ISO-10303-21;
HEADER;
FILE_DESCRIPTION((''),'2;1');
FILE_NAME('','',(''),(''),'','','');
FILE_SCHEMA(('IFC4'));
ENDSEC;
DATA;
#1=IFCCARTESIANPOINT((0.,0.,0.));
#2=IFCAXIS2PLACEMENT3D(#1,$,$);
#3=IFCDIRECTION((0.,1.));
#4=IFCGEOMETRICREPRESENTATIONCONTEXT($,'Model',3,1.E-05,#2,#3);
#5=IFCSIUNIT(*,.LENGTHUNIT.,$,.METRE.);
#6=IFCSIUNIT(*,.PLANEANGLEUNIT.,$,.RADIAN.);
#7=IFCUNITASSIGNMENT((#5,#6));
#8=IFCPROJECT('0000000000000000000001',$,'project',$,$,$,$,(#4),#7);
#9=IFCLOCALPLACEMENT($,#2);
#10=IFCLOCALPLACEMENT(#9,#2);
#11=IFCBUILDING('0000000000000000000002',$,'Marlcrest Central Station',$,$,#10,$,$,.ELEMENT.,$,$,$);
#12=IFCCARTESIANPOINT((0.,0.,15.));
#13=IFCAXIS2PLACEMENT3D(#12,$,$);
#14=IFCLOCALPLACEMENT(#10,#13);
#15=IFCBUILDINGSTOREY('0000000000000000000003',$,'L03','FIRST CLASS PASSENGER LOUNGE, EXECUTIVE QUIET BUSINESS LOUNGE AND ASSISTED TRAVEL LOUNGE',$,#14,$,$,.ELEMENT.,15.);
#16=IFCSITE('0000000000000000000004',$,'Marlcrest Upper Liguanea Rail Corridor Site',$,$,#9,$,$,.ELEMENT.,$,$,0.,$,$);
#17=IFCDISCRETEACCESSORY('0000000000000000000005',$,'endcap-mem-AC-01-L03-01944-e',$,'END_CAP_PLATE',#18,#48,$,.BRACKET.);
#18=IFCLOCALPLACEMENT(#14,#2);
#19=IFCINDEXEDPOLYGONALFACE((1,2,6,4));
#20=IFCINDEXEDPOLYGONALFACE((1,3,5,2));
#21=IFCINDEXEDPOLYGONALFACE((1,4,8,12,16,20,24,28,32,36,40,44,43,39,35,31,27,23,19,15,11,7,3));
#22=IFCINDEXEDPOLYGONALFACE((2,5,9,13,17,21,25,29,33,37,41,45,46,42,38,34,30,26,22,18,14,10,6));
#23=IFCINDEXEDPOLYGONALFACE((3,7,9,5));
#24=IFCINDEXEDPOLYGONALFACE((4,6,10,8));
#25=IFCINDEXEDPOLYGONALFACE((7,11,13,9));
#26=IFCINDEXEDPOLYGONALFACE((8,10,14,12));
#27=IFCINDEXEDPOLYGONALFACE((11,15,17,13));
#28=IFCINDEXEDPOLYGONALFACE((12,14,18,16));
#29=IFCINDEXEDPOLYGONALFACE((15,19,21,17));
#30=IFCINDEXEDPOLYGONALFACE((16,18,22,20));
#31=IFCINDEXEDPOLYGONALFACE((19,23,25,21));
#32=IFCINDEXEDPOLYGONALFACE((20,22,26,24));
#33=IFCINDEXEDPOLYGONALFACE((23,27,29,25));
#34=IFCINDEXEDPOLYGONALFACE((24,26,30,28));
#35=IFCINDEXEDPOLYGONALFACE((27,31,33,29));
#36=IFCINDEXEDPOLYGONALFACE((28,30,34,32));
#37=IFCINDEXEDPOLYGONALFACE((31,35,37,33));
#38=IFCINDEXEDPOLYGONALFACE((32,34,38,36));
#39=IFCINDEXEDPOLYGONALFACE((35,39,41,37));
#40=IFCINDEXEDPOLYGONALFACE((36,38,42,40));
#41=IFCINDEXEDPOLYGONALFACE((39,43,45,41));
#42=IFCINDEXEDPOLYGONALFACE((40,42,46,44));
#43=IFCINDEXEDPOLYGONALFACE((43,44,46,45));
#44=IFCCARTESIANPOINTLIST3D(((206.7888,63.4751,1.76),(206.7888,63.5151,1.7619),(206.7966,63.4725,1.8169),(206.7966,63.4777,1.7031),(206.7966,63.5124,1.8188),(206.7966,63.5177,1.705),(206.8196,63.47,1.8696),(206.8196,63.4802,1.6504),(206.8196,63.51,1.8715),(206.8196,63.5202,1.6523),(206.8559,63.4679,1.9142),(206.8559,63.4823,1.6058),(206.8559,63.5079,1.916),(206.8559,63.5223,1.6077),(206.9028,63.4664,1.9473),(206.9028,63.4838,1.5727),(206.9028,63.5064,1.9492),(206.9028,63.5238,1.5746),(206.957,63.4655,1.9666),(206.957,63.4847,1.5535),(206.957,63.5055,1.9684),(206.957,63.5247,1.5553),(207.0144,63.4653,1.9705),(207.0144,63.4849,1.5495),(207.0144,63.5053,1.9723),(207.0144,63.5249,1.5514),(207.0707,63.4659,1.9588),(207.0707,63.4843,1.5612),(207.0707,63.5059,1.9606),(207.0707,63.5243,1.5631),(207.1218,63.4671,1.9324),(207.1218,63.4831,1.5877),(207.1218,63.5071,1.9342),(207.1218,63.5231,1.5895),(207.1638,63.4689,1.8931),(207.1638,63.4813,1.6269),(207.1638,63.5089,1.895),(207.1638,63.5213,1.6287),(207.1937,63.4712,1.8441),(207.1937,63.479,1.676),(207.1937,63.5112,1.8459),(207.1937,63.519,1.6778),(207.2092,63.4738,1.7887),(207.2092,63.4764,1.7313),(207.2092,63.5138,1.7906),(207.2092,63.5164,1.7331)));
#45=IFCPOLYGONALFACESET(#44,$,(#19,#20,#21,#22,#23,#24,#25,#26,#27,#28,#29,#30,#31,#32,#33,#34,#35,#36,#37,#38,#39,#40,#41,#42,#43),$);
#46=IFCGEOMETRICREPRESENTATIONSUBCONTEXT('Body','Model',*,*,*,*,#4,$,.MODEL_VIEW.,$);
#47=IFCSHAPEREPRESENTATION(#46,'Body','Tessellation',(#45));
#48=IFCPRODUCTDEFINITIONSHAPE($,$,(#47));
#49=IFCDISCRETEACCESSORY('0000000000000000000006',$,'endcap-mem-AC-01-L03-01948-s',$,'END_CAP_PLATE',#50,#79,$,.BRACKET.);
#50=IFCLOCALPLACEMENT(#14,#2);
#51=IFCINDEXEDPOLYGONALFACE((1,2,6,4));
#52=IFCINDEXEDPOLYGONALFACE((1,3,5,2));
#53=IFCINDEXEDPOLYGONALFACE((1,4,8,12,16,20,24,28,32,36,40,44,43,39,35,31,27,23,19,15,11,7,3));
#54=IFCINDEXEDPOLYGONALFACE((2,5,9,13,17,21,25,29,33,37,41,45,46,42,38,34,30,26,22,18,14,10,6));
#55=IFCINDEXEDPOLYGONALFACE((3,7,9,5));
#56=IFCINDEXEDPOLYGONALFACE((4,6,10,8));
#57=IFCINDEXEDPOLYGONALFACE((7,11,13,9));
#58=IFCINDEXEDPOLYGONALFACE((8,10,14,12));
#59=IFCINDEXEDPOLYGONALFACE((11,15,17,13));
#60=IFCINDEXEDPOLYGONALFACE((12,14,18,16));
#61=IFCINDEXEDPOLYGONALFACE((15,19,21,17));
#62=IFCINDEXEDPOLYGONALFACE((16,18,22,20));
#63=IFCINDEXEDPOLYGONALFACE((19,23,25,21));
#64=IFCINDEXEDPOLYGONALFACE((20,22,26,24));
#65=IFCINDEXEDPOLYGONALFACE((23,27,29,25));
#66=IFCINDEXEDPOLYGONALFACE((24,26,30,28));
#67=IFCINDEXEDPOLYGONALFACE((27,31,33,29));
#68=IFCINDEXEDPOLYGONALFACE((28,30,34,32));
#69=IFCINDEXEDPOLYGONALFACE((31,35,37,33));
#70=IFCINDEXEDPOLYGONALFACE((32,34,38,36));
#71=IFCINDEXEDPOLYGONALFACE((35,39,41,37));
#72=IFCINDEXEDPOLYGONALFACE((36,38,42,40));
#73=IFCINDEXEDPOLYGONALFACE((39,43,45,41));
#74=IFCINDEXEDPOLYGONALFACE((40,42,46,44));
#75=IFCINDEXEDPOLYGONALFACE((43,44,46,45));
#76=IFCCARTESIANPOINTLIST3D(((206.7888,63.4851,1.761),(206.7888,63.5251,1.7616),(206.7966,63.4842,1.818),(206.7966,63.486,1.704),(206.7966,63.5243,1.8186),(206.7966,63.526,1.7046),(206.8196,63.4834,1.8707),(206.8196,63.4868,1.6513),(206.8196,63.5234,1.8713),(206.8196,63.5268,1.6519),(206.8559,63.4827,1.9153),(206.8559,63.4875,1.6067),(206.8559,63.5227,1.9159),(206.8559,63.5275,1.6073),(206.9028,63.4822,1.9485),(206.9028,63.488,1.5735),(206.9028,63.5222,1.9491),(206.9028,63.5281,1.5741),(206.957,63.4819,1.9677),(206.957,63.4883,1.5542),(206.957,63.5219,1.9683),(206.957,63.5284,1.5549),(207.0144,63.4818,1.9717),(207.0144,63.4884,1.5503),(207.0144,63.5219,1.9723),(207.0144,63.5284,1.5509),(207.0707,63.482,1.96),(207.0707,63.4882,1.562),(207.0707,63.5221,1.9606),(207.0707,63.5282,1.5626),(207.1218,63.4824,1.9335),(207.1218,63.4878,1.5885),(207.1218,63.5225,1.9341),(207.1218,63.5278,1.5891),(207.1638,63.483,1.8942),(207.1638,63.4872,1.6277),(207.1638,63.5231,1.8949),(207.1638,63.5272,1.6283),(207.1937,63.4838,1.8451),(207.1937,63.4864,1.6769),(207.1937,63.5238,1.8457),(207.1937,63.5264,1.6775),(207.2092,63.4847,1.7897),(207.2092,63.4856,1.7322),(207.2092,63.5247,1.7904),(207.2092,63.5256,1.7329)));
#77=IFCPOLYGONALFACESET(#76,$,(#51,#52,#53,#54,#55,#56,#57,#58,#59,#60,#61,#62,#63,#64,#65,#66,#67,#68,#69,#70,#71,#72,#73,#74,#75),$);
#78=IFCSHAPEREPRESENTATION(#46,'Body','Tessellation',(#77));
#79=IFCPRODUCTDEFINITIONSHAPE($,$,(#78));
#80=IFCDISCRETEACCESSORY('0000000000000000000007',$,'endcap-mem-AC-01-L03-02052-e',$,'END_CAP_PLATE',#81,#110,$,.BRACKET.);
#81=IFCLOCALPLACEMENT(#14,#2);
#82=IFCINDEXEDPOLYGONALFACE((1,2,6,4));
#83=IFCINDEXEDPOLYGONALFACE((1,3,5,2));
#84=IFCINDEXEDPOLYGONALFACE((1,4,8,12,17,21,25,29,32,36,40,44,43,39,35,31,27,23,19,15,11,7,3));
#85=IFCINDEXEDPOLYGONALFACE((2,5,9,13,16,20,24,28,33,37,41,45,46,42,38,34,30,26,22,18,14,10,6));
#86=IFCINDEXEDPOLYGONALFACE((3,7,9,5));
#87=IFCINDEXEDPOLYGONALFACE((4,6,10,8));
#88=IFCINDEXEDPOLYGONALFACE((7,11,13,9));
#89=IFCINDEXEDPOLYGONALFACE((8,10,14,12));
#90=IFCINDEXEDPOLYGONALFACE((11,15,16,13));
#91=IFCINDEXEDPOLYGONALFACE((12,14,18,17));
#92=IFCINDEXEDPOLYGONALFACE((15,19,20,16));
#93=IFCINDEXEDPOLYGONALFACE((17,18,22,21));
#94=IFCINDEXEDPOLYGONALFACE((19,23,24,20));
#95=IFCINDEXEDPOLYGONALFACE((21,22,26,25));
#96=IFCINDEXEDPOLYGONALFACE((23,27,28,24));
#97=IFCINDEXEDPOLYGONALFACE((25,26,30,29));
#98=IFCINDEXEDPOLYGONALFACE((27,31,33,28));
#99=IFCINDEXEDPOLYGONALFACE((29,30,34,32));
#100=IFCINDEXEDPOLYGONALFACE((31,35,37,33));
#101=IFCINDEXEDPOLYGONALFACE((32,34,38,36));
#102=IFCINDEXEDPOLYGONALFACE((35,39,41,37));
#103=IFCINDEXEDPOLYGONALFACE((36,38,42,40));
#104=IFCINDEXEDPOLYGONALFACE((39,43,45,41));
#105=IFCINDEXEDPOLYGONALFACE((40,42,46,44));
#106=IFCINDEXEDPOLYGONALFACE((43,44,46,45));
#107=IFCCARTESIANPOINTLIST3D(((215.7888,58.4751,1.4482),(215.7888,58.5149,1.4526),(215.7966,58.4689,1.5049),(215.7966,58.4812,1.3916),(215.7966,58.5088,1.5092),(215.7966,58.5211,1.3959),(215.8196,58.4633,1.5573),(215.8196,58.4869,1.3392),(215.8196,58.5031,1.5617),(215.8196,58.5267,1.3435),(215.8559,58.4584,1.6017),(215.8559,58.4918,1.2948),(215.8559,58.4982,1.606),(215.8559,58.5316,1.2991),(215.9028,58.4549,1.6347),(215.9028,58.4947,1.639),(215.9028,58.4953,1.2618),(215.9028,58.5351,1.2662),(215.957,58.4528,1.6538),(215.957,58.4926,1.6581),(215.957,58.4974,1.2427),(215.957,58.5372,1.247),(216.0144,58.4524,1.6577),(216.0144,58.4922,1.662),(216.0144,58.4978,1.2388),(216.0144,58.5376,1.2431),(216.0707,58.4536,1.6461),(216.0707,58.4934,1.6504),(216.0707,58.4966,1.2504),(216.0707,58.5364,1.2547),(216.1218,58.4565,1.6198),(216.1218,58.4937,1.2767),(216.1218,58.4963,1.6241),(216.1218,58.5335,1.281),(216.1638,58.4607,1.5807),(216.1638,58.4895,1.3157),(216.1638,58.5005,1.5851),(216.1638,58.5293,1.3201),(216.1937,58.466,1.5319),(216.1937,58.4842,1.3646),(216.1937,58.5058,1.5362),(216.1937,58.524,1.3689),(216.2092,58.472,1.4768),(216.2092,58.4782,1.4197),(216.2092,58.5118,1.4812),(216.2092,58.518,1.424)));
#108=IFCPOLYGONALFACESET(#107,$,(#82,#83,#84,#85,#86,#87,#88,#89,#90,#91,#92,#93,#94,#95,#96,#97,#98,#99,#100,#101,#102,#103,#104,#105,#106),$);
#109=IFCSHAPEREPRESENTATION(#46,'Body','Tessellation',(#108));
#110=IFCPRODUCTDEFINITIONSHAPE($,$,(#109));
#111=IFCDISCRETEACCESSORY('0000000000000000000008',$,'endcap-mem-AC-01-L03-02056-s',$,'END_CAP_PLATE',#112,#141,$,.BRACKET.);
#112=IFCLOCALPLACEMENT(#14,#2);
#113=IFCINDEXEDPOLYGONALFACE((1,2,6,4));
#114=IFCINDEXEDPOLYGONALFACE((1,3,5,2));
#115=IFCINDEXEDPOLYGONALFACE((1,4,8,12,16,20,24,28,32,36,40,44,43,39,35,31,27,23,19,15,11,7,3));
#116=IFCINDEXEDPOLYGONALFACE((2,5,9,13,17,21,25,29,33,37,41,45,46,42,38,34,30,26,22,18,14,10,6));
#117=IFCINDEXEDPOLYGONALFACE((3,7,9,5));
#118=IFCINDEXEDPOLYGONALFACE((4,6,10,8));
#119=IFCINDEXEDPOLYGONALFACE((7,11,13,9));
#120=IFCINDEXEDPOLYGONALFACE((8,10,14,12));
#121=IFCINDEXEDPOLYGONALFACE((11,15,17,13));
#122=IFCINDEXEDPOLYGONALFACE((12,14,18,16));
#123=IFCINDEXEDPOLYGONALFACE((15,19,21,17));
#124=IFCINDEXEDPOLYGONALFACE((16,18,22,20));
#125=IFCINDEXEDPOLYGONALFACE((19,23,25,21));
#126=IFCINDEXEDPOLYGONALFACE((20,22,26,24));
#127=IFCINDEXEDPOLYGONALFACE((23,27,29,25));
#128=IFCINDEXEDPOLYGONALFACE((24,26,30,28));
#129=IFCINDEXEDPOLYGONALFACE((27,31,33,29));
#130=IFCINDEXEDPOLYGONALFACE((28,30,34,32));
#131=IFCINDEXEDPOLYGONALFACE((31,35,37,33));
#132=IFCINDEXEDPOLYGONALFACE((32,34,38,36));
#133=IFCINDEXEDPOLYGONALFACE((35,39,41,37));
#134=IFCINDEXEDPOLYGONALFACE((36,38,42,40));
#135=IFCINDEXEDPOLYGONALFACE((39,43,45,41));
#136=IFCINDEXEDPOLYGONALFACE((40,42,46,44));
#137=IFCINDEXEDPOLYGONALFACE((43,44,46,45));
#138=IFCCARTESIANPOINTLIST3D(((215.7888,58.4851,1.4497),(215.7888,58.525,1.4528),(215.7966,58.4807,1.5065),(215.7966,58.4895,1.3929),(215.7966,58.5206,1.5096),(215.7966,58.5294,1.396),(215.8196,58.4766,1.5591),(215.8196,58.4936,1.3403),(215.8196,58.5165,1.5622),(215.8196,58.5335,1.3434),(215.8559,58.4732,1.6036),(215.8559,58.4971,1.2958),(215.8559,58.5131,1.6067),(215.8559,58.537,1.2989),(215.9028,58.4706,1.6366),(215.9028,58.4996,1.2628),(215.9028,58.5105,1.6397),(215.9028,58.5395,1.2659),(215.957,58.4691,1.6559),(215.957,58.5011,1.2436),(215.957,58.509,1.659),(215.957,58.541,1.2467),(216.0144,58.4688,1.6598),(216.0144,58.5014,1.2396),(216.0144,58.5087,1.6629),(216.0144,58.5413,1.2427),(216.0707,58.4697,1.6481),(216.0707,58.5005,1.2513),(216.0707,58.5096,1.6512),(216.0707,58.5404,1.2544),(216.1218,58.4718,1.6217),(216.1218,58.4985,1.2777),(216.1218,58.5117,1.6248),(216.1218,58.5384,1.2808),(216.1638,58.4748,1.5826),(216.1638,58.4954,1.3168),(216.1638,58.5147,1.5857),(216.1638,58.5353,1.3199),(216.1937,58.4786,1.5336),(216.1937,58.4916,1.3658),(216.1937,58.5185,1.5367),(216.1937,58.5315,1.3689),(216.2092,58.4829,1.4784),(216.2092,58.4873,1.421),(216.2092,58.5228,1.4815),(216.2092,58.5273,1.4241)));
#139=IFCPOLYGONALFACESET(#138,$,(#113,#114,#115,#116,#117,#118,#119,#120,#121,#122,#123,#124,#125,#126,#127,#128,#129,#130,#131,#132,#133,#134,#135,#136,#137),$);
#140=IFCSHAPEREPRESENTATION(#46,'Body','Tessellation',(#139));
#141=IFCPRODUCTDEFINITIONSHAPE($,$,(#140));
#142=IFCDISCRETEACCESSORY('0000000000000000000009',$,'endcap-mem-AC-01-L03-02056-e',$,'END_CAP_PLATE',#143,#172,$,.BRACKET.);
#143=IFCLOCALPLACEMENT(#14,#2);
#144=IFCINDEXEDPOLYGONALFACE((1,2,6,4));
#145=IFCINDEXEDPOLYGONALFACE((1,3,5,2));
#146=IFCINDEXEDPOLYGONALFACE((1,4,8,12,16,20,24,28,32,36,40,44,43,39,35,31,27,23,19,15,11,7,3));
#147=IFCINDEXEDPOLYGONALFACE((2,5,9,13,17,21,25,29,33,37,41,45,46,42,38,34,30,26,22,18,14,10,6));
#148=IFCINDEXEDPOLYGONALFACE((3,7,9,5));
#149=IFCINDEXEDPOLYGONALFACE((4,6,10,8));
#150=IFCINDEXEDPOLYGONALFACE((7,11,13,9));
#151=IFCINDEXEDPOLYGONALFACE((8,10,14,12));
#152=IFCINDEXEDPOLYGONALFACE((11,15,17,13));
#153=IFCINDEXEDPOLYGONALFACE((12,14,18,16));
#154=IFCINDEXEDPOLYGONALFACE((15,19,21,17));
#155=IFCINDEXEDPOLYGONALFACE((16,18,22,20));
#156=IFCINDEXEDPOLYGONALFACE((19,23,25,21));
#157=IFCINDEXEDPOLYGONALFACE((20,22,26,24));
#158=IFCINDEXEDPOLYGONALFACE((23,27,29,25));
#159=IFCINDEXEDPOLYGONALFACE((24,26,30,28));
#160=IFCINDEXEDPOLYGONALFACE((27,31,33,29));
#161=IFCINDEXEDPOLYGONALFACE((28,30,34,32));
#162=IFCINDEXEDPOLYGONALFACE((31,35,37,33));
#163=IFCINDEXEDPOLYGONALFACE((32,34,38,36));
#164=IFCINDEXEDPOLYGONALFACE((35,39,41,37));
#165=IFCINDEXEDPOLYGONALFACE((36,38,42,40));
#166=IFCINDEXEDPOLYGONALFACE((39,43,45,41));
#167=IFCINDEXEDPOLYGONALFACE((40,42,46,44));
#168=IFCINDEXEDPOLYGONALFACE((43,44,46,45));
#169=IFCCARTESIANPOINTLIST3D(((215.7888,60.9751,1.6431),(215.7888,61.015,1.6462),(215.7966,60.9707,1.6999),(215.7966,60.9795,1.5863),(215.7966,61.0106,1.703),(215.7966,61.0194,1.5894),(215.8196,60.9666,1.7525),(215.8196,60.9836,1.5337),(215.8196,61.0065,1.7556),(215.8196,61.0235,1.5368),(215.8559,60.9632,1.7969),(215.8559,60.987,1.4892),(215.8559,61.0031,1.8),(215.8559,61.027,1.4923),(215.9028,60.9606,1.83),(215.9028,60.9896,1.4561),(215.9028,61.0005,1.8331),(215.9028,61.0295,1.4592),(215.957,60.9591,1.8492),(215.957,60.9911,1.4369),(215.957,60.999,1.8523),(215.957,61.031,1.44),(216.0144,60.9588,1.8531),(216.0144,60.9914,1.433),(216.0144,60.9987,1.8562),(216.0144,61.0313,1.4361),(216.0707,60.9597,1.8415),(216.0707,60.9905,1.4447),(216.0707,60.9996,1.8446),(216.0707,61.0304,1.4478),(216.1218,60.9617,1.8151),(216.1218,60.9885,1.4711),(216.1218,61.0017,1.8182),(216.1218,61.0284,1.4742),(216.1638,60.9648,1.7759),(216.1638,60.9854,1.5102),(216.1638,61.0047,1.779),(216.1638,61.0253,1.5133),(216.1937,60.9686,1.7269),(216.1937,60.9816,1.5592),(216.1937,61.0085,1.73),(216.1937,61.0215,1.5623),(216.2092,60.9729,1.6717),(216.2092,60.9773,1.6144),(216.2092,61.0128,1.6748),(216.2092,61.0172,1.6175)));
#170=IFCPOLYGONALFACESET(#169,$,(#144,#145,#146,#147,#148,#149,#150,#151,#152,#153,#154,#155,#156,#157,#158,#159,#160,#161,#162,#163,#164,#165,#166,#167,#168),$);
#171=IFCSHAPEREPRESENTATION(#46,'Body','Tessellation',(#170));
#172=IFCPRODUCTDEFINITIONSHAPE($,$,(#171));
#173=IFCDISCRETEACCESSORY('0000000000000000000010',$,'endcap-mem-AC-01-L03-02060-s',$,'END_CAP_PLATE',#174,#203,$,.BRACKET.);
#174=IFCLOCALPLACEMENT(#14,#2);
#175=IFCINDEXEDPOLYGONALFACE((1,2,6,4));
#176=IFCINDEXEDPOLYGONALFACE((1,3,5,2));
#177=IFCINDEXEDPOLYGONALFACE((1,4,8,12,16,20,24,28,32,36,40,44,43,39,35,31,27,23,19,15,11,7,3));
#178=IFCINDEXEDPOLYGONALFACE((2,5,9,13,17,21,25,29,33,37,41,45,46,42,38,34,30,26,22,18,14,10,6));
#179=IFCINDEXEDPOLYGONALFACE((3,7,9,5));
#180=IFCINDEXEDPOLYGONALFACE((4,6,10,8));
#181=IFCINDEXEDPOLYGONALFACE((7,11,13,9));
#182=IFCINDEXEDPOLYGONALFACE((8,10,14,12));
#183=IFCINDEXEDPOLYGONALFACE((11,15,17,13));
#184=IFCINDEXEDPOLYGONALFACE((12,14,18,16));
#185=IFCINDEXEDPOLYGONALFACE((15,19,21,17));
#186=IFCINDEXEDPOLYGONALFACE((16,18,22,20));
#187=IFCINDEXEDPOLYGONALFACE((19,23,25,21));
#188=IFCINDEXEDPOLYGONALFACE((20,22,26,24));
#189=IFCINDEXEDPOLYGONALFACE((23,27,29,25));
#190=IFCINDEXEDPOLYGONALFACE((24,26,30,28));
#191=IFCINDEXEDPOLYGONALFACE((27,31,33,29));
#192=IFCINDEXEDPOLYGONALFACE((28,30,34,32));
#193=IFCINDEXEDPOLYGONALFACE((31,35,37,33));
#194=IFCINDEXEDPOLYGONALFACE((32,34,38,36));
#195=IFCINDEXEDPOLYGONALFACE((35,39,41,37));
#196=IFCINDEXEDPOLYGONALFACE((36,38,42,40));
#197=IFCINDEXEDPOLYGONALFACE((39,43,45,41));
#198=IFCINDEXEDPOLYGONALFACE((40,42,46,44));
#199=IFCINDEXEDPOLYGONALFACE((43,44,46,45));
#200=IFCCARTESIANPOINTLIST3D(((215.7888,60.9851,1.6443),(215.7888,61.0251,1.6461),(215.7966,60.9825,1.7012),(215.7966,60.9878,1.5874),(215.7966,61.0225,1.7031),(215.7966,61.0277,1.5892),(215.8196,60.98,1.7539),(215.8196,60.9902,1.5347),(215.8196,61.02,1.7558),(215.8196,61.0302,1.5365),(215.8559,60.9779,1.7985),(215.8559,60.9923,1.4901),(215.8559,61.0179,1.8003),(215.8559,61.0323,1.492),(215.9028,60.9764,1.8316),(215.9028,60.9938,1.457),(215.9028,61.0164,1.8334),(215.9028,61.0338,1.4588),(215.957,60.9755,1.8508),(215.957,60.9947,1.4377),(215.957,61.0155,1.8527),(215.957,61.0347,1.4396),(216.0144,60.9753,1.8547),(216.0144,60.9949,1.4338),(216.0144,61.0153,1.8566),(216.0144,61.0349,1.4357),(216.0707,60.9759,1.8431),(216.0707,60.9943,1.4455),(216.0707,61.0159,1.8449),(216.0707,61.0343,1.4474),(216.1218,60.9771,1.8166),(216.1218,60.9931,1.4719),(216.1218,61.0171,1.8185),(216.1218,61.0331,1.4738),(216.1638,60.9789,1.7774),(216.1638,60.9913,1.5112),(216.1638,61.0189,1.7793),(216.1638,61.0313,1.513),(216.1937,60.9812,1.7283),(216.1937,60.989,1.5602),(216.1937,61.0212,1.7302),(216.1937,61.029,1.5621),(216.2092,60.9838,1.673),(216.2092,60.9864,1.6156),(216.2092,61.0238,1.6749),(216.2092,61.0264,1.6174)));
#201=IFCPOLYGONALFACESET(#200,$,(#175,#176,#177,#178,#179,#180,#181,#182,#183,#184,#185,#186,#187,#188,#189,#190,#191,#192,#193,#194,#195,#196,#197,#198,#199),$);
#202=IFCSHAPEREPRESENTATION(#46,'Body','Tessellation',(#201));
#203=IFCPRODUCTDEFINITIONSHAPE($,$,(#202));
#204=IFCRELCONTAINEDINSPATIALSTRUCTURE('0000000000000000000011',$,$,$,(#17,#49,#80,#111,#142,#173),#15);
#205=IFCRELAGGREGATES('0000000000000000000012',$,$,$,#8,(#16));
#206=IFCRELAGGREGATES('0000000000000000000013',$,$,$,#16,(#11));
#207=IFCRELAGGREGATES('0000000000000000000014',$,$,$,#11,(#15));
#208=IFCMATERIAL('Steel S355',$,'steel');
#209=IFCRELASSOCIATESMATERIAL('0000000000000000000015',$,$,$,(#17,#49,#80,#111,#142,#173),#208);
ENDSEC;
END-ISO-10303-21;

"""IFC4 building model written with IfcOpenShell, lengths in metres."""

from ifc_helpers import new_model, si_unit, direction, frame, origin, origin_2d, place, context, subcontext, project, spatial, circle, extrude, material, element, save


model = new_model("IFC4")

# Units and contexts
model_context = context("Model", 3, precision=1e-05, world=origin(), true_north=direction((0.0, 1.0)))
body_context = subcontext(model_context, "Body", "Model", "MODEL_VIEW")
ifc_project = project(units=[si_unit("LENGTHUNIT", "METRE"), si_unit("PLANEANGLEUNIT", "RADIAN")], contexts=[model_context])

# Site, building, storey
site_placement = place(None, origin())
site = spatial("IfcSite", under=ifc_project, at=site_placement, Name="Marlcrest Upper Liguanea Rail Corridor Site", CompositionType="ELEMENT", RefElevation=0.0)
building_placement = place(site_placement, origin())
building = spatial("IfcBuilding", under=site, at=building_placement, Name="Marlcrest Central Station", CompositionType="ELEMENT")
storey_placement = place(building_placement, frame((0.0, 0.0, 15.0)))
storey = spatial("IfcBuildingStorey", under=building, at=storey_placement, Name="L03", Description="FIRST CLASS PASSENGER LOUNGE, EXECUTIVE QUIET BUSINESS LOUNGE AND ASSISTED TRAVEL LOUNGE", CompositionType="ELEMENT", Elevation=15.0)

# Shared definitions
ifc_material_1 = material(Name="Steel S355", Category="steel")

# Discrete accessories
for number, where, z_axis, x_axis, name in (
    (1, (207.0, 63.4751, 1.76), (0.0, 0.998921, 0.046434), (-1.0, 0.0, 0.0), "endcap-mem-AC-01-L03-01944-e"),
    (2, (207.0, 63.4851, 1.761), (0.0, 0.999879, 0.015525), (-1.0, 0.0, 0.0), "endcap-mem-AC-01-L03-01948-s"),
    (3, (216.0, 58.4751, 1.4482), (0.0, 0.994155, 0.107959), (-1.0, 0.0, 0.0), "endcap-mem-AC-01-L03-02052-e"),
    (4, (216.0, 58.4851, 1.4497), (0.0, 0.997, 0.077404), (-1.0, 0.0, 0.0), "endcap-mem-AC-01-L03-02056-s"),
    (5, (216.0, 60.9751, 1.6431), (0.0, 0.997, 0.077404), (-1.0, 0.0, 0.0), "endcap-mem-AC-01-L03-02056-e"),
    (6, (216.0, 60.9851, 1.6443), (0.0, 0.998921, 0.046434), (-1.0, 0.0, 0.0), "endcap-mem-AC-01-L03-02060-s"),
):
    element("IfcDiscreteAccessory", number, at=place(storey_placement, frame(where, z_axis=z_axis, x_axis=x_axis)), inside=storey, material=ifc_material_1, Name=name, ObjectType="END_CAP_PLATE", PredefinedType="BRACKET", context=body_context, shape_type="SweptSolid", body=[
        extrude(circle(Radius=0.2112, at=origin_2d()), origin(), (0.0, 0.0, 1.0), 0.04),
    ])

save(model, "model.ifc")
